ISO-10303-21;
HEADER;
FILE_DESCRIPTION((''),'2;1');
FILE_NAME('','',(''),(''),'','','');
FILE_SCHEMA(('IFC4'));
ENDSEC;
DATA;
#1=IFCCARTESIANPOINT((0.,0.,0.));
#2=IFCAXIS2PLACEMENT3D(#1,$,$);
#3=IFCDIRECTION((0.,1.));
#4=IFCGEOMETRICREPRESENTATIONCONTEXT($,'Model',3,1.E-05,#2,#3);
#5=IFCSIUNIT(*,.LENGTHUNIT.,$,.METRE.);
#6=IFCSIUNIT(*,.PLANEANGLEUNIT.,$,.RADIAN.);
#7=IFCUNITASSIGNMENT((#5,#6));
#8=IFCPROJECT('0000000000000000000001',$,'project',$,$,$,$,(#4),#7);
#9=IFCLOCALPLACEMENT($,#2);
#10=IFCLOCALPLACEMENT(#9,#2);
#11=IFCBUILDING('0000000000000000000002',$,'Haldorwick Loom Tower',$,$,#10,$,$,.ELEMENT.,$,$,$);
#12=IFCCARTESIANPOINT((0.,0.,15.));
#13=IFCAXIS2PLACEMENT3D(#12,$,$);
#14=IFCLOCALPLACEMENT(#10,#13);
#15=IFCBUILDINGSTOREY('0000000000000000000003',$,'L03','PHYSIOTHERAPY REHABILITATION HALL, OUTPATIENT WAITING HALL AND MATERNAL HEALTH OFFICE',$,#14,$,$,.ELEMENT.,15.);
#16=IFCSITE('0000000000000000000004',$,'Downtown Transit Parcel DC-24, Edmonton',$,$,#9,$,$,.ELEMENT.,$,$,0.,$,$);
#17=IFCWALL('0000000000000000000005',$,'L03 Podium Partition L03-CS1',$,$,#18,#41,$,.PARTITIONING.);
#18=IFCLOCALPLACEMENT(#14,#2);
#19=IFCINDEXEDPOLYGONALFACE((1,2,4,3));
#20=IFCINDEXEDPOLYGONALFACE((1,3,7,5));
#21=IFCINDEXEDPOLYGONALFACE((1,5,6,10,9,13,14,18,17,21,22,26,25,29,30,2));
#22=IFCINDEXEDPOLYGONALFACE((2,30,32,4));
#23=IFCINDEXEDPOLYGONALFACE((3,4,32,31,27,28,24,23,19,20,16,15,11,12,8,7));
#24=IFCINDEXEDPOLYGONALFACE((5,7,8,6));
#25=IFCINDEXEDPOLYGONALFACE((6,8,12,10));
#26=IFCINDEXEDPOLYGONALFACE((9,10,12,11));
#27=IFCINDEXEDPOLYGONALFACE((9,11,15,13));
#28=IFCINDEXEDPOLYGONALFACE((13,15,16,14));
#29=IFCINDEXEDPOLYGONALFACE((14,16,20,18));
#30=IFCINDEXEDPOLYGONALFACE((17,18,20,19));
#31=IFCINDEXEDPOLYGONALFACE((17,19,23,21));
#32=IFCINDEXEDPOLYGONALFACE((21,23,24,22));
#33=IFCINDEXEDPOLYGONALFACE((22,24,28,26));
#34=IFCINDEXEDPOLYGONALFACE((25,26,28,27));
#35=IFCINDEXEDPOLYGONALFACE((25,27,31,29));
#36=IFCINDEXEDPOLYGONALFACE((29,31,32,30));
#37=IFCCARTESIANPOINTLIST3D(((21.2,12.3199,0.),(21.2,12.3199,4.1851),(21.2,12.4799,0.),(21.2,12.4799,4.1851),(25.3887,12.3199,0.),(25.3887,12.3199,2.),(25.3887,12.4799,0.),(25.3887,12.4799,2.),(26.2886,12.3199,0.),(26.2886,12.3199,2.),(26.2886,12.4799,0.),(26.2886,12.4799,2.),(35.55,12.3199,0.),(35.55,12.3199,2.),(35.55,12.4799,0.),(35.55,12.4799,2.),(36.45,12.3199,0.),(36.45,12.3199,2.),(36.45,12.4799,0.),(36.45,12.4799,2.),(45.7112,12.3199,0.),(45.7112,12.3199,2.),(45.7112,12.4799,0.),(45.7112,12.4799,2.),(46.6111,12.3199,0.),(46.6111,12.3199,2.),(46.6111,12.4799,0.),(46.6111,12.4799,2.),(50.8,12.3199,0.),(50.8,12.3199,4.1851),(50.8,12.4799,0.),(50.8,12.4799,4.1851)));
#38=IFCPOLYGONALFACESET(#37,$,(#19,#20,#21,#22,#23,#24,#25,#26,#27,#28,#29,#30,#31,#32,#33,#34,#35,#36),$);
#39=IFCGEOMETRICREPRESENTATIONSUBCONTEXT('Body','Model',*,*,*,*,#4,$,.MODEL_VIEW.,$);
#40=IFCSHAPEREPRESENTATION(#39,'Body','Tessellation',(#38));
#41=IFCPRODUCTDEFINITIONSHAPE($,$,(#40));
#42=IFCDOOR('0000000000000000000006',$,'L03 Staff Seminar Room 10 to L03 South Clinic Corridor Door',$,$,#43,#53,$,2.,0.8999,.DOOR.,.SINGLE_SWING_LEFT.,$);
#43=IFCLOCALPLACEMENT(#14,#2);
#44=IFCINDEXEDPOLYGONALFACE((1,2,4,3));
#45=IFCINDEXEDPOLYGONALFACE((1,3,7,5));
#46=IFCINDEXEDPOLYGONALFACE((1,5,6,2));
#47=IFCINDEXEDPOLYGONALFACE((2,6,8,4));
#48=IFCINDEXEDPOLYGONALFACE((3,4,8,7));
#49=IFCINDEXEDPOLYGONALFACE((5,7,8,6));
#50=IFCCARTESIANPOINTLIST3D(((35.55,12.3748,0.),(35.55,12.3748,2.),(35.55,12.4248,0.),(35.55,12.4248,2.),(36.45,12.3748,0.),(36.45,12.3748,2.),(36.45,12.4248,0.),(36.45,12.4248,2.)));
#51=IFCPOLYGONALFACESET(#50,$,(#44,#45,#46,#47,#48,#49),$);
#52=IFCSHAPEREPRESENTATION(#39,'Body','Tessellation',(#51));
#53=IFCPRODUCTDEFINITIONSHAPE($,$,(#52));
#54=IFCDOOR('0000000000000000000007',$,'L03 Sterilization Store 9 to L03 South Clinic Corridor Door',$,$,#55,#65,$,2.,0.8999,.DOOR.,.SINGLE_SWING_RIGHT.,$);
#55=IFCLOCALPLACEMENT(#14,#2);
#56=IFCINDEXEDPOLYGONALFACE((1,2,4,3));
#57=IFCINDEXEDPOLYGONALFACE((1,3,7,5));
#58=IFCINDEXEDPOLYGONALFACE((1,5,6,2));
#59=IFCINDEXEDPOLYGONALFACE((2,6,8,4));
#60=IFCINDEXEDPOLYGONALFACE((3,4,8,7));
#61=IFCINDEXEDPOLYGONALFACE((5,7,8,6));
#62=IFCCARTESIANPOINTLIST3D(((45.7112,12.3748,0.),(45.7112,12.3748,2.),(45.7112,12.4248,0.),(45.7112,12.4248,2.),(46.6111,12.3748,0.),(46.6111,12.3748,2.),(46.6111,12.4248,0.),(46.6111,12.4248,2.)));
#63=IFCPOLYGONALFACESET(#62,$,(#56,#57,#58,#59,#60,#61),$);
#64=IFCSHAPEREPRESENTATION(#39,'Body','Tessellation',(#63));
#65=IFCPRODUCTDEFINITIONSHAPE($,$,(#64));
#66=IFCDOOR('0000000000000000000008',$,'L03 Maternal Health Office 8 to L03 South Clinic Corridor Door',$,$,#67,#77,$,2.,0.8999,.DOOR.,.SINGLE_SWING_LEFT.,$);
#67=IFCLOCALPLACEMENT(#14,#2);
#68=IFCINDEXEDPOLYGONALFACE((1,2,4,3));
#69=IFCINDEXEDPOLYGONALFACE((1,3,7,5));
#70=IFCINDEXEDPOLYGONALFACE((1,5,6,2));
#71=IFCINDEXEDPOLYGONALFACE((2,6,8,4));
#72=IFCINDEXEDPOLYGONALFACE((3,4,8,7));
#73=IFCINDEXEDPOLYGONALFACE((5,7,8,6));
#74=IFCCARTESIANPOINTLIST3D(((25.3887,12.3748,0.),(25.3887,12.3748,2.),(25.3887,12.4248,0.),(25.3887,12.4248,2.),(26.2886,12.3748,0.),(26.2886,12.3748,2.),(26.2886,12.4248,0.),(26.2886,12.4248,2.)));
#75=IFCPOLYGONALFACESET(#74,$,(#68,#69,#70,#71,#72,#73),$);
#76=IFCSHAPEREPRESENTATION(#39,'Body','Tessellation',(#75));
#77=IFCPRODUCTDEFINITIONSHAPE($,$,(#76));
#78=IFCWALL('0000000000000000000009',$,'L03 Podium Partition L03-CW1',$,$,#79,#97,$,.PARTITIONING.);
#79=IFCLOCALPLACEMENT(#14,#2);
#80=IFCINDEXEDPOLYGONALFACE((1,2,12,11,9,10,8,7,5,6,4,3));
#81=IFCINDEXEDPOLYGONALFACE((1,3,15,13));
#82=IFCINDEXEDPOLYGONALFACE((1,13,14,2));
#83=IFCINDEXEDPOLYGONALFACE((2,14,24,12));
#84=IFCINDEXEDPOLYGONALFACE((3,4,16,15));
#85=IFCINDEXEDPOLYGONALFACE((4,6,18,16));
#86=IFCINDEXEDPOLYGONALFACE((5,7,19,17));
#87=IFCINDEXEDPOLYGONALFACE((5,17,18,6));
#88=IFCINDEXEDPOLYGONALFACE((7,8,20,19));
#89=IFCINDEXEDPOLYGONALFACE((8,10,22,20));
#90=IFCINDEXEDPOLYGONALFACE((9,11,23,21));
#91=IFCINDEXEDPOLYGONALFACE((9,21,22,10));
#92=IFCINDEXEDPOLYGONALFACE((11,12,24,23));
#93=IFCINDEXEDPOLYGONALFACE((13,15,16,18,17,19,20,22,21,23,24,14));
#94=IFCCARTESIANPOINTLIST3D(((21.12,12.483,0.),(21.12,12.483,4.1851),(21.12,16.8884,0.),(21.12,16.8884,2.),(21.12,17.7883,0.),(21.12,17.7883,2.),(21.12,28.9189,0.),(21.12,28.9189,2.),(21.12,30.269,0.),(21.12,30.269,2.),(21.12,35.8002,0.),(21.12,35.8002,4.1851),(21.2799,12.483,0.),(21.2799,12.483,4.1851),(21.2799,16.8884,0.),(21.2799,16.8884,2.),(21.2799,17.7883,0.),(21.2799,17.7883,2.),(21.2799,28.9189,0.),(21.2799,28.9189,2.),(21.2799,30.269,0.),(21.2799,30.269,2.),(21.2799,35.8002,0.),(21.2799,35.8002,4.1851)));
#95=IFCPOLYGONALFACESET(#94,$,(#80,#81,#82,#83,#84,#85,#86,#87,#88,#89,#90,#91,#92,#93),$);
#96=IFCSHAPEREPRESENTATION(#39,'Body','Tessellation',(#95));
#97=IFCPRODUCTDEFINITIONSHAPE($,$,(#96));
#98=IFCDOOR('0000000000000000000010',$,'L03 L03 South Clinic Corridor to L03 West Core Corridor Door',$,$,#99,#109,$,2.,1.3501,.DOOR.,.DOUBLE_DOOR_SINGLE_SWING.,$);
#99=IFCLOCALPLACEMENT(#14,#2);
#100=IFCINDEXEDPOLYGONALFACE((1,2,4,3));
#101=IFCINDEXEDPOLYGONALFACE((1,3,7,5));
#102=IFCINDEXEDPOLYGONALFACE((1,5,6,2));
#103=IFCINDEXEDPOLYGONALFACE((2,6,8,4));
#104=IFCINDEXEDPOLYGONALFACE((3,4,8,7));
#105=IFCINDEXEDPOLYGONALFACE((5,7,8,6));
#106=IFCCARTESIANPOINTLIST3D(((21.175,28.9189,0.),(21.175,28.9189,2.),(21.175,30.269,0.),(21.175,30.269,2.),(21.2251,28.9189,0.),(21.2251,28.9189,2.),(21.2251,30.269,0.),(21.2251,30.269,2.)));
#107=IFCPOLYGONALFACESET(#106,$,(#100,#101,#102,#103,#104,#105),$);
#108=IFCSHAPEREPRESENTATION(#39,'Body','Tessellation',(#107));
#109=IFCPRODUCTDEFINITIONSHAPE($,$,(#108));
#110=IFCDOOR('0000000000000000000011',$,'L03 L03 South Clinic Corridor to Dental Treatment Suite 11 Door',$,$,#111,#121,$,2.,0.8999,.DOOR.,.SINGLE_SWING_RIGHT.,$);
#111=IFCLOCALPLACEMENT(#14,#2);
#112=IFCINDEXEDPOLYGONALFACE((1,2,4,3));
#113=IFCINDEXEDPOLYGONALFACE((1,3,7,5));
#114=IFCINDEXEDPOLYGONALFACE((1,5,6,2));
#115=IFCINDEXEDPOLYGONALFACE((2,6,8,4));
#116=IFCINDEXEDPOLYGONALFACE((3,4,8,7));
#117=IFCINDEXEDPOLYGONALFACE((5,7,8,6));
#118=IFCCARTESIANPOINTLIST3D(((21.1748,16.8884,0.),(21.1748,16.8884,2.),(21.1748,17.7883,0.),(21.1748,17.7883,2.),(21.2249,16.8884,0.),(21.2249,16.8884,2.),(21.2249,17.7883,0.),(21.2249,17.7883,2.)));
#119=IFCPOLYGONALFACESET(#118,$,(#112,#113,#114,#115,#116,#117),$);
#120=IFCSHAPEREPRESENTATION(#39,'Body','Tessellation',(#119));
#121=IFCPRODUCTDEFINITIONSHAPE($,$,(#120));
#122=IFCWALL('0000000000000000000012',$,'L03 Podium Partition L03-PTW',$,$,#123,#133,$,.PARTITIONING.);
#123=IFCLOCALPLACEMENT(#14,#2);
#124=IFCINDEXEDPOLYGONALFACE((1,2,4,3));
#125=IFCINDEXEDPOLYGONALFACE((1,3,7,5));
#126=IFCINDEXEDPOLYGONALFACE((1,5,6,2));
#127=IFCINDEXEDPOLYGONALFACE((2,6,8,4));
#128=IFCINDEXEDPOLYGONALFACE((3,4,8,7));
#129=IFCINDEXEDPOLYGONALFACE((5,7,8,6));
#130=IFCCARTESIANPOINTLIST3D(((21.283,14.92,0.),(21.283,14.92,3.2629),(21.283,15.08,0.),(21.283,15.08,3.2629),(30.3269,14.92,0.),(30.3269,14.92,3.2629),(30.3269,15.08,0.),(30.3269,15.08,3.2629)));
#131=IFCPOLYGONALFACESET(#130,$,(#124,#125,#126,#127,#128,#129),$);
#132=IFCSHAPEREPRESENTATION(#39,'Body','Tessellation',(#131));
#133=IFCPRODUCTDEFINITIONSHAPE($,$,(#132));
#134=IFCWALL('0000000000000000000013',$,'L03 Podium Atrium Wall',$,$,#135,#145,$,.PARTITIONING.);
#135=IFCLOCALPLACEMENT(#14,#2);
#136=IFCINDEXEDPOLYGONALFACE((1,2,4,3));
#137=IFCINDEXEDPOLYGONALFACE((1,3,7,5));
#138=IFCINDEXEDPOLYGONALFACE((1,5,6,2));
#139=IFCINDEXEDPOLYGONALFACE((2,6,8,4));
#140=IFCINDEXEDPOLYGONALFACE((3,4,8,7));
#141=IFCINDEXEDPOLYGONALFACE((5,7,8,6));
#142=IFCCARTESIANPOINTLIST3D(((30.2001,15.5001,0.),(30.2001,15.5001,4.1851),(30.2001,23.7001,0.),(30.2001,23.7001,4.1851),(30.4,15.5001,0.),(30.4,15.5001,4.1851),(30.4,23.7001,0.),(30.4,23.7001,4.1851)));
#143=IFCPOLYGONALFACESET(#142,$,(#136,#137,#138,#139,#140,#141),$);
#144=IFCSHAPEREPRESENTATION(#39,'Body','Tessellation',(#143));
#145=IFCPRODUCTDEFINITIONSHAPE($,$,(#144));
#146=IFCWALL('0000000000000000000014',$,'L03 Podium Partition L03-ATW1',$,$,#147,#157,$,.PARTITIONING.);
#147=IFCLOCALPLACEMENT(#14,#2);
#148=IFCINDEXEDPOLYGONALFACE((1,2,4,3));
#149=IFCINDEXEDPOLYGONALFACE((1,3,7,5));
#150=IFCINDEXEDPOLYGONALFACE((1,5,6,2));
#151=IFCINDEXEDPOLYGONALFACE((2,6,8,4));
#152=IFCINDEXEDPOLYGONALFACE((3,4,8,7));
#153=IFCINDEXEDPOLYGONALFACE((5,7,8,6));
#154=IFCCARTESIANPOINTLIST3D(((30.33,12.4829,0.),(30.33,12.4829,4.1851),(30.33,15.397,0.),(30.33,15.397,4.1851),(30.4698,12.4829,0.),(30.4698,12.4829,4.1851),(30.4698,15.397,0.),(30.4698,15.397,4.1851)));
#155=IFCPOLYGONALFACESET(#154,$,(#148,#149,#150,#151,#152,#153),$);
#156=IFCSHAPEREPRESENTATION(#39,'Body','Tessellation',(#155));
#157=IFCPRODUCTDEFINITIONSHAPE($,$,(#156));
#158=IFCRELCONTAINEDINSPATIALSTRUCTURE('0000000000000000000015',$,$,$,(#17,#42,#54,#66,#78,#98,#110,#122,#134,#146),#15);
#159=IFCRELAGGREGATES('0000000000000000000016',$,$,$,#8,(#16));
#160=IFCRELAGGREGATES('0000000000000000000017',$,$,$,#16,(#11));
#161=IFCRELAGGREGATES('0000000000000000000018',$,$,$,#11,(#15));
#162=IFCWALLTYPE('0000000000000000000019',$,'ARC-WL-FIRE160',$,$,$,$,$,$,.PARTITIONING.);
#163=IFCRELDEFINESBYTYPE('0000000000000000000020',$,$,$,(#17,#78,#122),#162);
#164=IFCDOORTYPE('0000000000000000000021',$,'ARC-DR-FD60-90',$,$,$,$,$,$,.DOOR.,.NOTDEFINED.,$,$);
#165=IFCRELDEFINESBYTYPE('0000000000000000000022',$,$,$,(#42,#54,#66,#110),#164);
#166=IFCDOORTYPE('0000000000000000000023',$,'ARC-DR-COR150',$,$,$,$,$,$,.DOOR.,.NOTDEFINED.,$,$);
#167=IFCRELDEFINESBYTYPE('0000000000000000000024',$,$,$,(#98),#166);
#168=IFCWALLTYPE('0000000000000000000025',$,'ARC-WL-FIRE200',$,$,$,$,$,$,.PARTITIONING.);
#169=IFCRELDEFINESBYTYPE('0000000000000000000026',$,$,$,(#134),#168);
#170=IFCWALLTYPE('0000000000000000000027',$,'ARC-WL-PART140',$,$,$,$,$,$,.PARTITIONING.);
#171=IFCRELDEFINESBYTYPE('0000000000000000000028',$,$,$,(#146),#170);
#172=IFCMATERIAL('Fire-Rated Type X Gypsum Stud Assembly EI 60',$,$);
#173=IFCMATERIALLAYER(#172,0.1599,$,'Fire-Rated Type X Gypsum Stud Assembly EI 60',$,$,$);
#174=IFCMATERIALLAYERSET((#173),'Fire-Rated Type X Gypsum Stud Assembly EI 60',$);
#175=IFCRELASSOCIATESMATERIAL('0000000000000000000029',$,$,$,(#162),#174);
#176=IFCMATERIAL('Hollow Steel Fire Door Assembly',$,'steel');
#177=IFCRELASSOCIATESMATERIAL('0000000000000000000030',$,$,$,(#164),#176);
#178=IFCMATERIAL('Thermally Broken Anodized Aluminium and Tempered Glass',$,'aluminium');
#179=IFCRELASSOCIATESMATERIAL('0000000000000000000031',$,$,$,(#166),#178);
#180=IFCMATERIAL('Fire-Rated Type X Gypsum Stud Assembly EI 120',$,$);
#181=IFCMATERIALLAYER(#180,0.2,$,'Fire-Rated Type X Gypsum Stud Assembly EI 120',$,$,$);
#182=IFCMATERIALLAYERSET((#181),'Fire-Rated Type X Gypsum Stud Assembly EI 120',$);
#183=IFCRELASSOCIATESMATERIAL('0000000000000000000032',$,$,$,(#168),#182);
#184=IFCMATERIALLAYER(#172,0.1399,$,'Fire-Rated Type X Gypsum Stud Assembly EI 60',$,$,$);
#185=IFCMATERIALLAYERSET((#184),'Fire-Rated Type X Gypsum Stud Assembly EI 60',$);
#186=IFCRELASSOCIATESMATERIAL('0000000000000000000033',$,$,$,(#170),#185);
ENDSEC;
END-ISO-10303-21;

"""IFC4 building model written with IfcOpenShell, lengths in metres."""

from ifc_helpers import new_model, si_unit, direction, frame, frame_2d, origin, place, context, subcontext, project, spatial, rectangle, extrude, material, layer, layer_set, type_object, element, fill, save


model = new_model("IFC4")

# Units and contexts
model_context = context("Model", 3, precision=1e-05, world=origin(), true_north=direction((0.0, 1.0)))
body_context = subcontext(model_context, "Body", "Model", "MODEL_VIEW")
ifc_project = project(units=[si_unit("LENGTHUNIT", "METRE"), si_unit("PLANEANGLEUNIT", "RADIAN")], contexts=[model_context])

# Site, building, storey
site_placement = place(None, origin())
site = spatial("IfcSite", under=ifc_project, at=site_placement, Name="Downtown Transit Parcel DC-24, Edmonton", CompositionType="ELEMENT", RefElevation=0.0)
building_placement = place(site_placement, origin())
building = spatial("IfcBuilding", under=site, at=building_placement, Name="Haldorwick Loom Tower", CompositionType="ELEMENT")
storey_placement = place(building_placement, frame((0.0, 0.0, 15.0)))
storey = spatial("IfcBuildingStorey", under=building, at=storey_placement, Name="L03", Description="PHYSIOTHERAPY REHABILITATION HALL, OUTPATIENT WAITING HALL AND MATERNAL HEALTH OFFICE", CompositionType="ELEMENT", Elevation=15.0)

# Walls, openings, doors
ifc_material_1 = material(Name="Fire-Rated Type X Gypsum Stud Assembly EI 60")
ifc_layer_1 = layer(ifc_material_1, 0.1599, Name="Fire-Rated Type X Gypsum Stud Assembly EI 60")
ifc_layer_set_1 = layer_set([ifc_layer_1], Name="Fire-Rated Type X Gypsum Stud Assembly EI 60")
wall_type_1 = type_object("IfcWallType", Name="ARC-WL-FIRE160", PredefinedType="PARTITIONING", material=ifc_layer_set_1)
wall_1_placement = place(storey_placement, frame((21.2, 12.3999, 0.0), z_axis=(0.0, 0.0, 1.0), x_axis=(1.0, 0.0, 0.0)))
wall_1 = element("IfcWall", 1, at=wall_1_placement, inside=storey, type_object=wall_type_1, Name="L03 Podium Partition L03-CS1", PredefinedType="PARTITIONING", context=body_context, shape_type="SweptSolid", body=[
    extrude(rectangle(XDim=29.6001, YDim=0.1599, at=frame_2d((14.8, 0.0))), origin(), (0.0, 0.0, 1.0), 4.1851),
])
opening_1_placement = place(wall_1_placement, frame((14.3501, 0.0, 0.0)))
opening_1 = element("IfcOpeningElement", 2, at=opening_1_placement, cuts=wall_1, PredefinedType="OPENING", context=body_context, shape_type="SweptSolid", body=[
    extrude(rectangle(XDim=0.8999, YDim=2.0, at=frame_2d((0.45, 1.0))), frame((0.0, 0.0898, 0.0), z_axis=(0.0, -1.0, 0.0), x_axis=(1.0, 0.0, 0.0)), (0.0, 0.0, 1.0), 0.1799),
])
opening_2_placement = place(wall_1_placement, frame((24.5112, 0.0, 0.0)))
opening_2 = element("IfcOpeningElement", 3, at=opening_2_placement, cuts=wall_1, PredefinedType="OPENING", context=body_context, shape_type="SweptSolid", body=[
    extrude(rectangle(XDim=0.8999, YDim=2.0, at=frame_2d((0.45, 1.0))), frame((0.0, 0.0898, 0.0), z_axis=(0.0, -1.0, 0.0), x_axis=(1.0, 0.0, 0.0)), (0.0, 0.0, 1.0), 0.1799),
])
opening_3_placement = place(wall_1_placement, frame((4.1887, 0.0, 0.0)))
opening_3 = element("IfcOpeningElement", 4, at=opening_3_placement, cuts=wall_1, PredefinedType="OPENING", context=body_context, shape_type="SweptSolid", body=[
    extrude(rectangle(XDim=0.8999, YDim=2.0, at=frame_2d((0.45, 1.0))), frame((0.0, 0.0898, 0.0), z_axis=(0.0, -1.0, 0.0), x_axis=(1.0, 0.0, 0.0)), (0.0, 0.0, 1.0), 0.1799),
])
ifc_material_2 = material(Name="Hollow Steel Fire Door Assembly", Category="steel")
door_type_1 = type_object("IfcDoorType", Name="ARC-DR-FD60-90", OperationType="NOTDEFINED", PredefinedType="DOOR", material=ifc_material_2)
door_1_placement = place(opening_1_placement, origin())
door_1 = element("IfcDoor", 5, at=door_1_placement, inside=storey, type_object=door_type_1, Name="L03 Staff Seminar Room 10 to L03 South Clinic Corridor Door", OperationType="SINGLE_SWING_LEFT", OverallHeight=2.0, OverallWidth=0.8999, PredefinedType="DOOR", context=body_context, shape_type="SweptSolid", body=[
    extrude(rectangle(XDim=0.8999, YDim=2.0, at=frame_2d((0.45, 1.0))), frame((0.0, 0.0249, 0.0), z_axis=(0.0, -1.0, 0.0), x_axis=(1.0, 0.0, 0.0)), (0.0, 0.0, 1.0), 0.05),
])
fill(opening_1, door_1)
door_2_placement = place(opening_2_placement, origin())
door_2 = element("IfcDoor", 6, at=door_2_placement, inside=storey, type_object=door_type_1, Name="L03 Sterilization Store 9 to L03 South Clinic Corridor Door", OperationType="SINGLE_SWING_RIGHT", OverallHeight=2.0, OverallWidth=0.8999, PredefinedType="DOOR", context=body_context, shape_type="SweptSolid", body=[
    extrude(rectangle(XDim=0.8999, YDim=2.0, at=frame_2d((0.45, 1.0))), frame((0.0, 0.0249, 0.0), z_axis=(0.0, -1.0, 0.0), x_axis=(1.0, 0.0, 0.0)), (0.0, 0.0, 1.0), 0.05),
])
fill(opening_2, door_2)
door_3_placement = place(opening_3_placement, origin())
door_3 = element("IfcDoor", 7, at=door_3_placement, inside=storey, type_object=door_type_1, Name="L03 Maternal Health Office 8 to L03 South Clinic Corridor Door", OperationType="SINGLE_SWING_LEFT", OverallHeight=2.0, OverallWidth=0.8999, PredefinedType="DOOR", context=body_context, shape_type="SweptSolid", body=[
    extrude(rectangle(XDim=0.8999, YDim=2.0, at=frame_2d((0.45, 1.0))), frame((0.0, 0.0249, 0.0), z_axis=(0.0, -1.0, 0.0), x_axis=(1.0, 0.0, 0.0)), (0.0, 0.0, 1.0), 0.05),
])
fill(opening_3, door_3)
wall_2_placement = place(storey_placement, frame((21.2, 12.4829, 0.0), z_axis=(0.0, 0.0, 1.0), x_axis=(0.0, 1.0, 0.0)))
wall_2 = element("IfcWall", 8, at=wall_2_placement, inside=storey, type_object=wall_type_1, Name="L03 Podium Partition L03-CW1", PredefinedType="PARTITIONING", context=body_context, shape_type="SweptSolid", body=[
    extrude(rectangle(XDim=23.3171, YDim=0.1599, at=frame_2d((11.6587, 0.0))), origin(), (0.0, 0.0, 1.0), 4.1851),
])
opening_4_placement = place(wall_2_placement, frame((16.436, 0.0, 0.0)))
opening_4 = element("IfcOpeningElement", 9, at=opening_4_placement, cuts=wall_2, PredefinedType="OPENING", context=body_context, shape_type="SweptSolid", body=[
    extrude(rectangle(XDim=1.3501, YDim=2.0, at=frame_2d((0.675, 1.0))), frame((0.0, 0.0898, 0.0), z_axis=(0.0, -1.0, 0.0), x_axis=(1.0, 0.0, 0.0)), (0.0, 0.0, 1.0), 0.1799),
])
opening_5_placement = place(wall_2_placement, frame((4.4055, 0.0, 0.0)))
opening_5 = element("IfcOpeningElement", 10, at=opening_5_placement, cuts=wall_2, PredefinedType="OPENING", context=body_context, shape_type="SweptSolid", body=[
    extrude(rectangle(XDim=0.8999, YDim=2.0, at=frame_2d((0.45, 1.0))), frame((0.0, 0.0898, 0.0), z_axis=(0.0, -1.0, 0.0), x_axis=(1.0, 0.0, 0.0)), (0.0, 0.0, 1.0), 0.1799),
])
ifc_material_3 = material(Name="Thermally Broken Anodized Aluminium and Tempered Glass", Category="aluminium")
door_type_2 = type_object("IfcDoorType", Name="ARC-DR-COR150", OperationType="NOTDEFINED", PredefinedType="DOOR", material=ifc_material_3)
door_4_placement = place(opening_4_placement, origin())
door_4 = element("IfcDoor", 11, at=door_4_placement, inside=storey, type_object=door_type_2, Name="L03 L03 South Clinic Corridor to L03 West Core Corridor Door", OperationType="DOUBLE_DOOR_SINGLE_SWING", OverallHeight=2.0, OverallWidth=1.3501, PredefinedType="DOOR", context=body_context, shape_type="SweptSolid", body=[
    extrude(rectangle(XDim=1.3501, YDim=2.0, at=frame_2d((0.675, 1.0))), frame((0.0, 0.0249, 0.0), z_axis=(0.0, -1.0, 0.0), x_axis=(1.0, 0.0, 0.0)), (0.0, 0.0, 1.0), 0.05),
])
fill(opening_4, door_4)
door_5_placement = place(opening_5_placement, frame((0.8999, 0.0, 0.0), z_axis=(0.0, 0.0, 1.0), x_axis=(-1.0, 0.0, 0.0)))
door_5 = element("IfcDoor", 12, at=door_5_placement, inside=storey, type_object=door_type_1, Name="L03 L03 South Clinic Corridor to Dental Treatment Suite 11 Door", OperationType="SINGLE_SWING_RIGHT", OverallHeight=2.0, OverallWidth=0.8999, PredefinedType="DOOR", context=body_context, shape_type="SweptSolid", body=[
    extrude(rectangle(XDim=0.8999, YDim=2.0, at=frame_2d((0.45, 1.0))), frame((0.0, 0.0249, 0.0), z_axis=(0.0, -1.0, 0.0), x_axis=(1.0, 0.0, 0.0)), (0.0, 0.0, 1.0), 0.05),
])
fill(opening_5, door_5)

# Walls
wall_3_placement = place(storey_placement, frame((21.283, 15.0, 0.0), z_axis=(0.0, 0.0, 1.0), x_axis=(1.0, 0.0, 0.0)))
element("IfcWall", 13, at=wall_3_placement, inside=storey, type_object=wall_type_1, Name="L03 Podium Partition L03-PTW", PredefinedType="PARTITIONING", context=body_context, shape_type="SweptSolid", body=[
    extrude(rectangle(XDim=9.0439, YDim=0.1599, at=frame_2d((4.522, 0.0))), origin(), (0.0, 0.0, 1.0), 3.2629),
])
ifc_material_4 = material(Name="Fire-Rated Type X Gypsum Stud Assembly EI 120")
ifc_layer_2 = layer(ifc_material_4, 0.2, Name="Fire-Rated Type X Gypsum Stud Assembly EI 120")
ifc_layer_set_2 = layer_set([ifc_layer_2], Name="Fire-Rated Type X Gypsum Stud Assembly EI 120")
wall_type_2 = type_object("IfcWallType", Name="ARC-WL-FIRE200", PredefinedType="PARTITIONING", material=ifc_layer_set_2)
wall_4_placement = place(storey_placement, frame((30.3, 15.5, 0.0), z_axis=(0.0, 0.0, 1.0), x_axis=(0.0, 1.0, 0.0)))
element("IfcWall", 14, at=wall_4_placement, inside=storey, type_object=wall_type_2, Name="L03 Podium Atrium Wall", PredefinedType="PARTITIONING", context=body_context, shape_type="SweptSolid", body=[
    extrude(rectangle(XDim=8.2, YDim=0.2, at=frame_2d((4.1001, 0.0))), origin(), (0.0, 0.0, 1.0), 4.1851),
])
ifc_layer_3 = layer(ifc_material_1, 0.1399, Name="Fire-Rated Type X Gypsum Stud Assembly EI 60")
ifc_layer_set_3 = layer_set([ifc_layer_3], Name="Fire-Rated Type X Gypsum Stud Assembly EI 60")
wall_type_3 = type_object("IfcWallType", Name="ARC-WL-PART140", PredefinedType="PARTITIONING", material=ifc_layer_set_3)
wall_5_placement = place(storey_placement, frame((30.3999, 12.4829, 0.0), z_axis=(0.0, 0.0, 1.0), x_axis=(0.0, 1.0, 0.0)))
element("IfcWall", 15, at=wall_5_placement, inside=storey, type_object=wall_type_3, Name="L03 Podium Partition L03-ATW1", PredefinedType="PARTITIONING", context=body_context, shape_type="SweptSolid", body=[
    extrude(rectangle(XDim=2.9141, YDim=0.1399, at=frame_2d((1.457, 0.0))), origin(), (0.0, 0.0, 1.0), 4.1851),
])

save(model, "model.ifc")
